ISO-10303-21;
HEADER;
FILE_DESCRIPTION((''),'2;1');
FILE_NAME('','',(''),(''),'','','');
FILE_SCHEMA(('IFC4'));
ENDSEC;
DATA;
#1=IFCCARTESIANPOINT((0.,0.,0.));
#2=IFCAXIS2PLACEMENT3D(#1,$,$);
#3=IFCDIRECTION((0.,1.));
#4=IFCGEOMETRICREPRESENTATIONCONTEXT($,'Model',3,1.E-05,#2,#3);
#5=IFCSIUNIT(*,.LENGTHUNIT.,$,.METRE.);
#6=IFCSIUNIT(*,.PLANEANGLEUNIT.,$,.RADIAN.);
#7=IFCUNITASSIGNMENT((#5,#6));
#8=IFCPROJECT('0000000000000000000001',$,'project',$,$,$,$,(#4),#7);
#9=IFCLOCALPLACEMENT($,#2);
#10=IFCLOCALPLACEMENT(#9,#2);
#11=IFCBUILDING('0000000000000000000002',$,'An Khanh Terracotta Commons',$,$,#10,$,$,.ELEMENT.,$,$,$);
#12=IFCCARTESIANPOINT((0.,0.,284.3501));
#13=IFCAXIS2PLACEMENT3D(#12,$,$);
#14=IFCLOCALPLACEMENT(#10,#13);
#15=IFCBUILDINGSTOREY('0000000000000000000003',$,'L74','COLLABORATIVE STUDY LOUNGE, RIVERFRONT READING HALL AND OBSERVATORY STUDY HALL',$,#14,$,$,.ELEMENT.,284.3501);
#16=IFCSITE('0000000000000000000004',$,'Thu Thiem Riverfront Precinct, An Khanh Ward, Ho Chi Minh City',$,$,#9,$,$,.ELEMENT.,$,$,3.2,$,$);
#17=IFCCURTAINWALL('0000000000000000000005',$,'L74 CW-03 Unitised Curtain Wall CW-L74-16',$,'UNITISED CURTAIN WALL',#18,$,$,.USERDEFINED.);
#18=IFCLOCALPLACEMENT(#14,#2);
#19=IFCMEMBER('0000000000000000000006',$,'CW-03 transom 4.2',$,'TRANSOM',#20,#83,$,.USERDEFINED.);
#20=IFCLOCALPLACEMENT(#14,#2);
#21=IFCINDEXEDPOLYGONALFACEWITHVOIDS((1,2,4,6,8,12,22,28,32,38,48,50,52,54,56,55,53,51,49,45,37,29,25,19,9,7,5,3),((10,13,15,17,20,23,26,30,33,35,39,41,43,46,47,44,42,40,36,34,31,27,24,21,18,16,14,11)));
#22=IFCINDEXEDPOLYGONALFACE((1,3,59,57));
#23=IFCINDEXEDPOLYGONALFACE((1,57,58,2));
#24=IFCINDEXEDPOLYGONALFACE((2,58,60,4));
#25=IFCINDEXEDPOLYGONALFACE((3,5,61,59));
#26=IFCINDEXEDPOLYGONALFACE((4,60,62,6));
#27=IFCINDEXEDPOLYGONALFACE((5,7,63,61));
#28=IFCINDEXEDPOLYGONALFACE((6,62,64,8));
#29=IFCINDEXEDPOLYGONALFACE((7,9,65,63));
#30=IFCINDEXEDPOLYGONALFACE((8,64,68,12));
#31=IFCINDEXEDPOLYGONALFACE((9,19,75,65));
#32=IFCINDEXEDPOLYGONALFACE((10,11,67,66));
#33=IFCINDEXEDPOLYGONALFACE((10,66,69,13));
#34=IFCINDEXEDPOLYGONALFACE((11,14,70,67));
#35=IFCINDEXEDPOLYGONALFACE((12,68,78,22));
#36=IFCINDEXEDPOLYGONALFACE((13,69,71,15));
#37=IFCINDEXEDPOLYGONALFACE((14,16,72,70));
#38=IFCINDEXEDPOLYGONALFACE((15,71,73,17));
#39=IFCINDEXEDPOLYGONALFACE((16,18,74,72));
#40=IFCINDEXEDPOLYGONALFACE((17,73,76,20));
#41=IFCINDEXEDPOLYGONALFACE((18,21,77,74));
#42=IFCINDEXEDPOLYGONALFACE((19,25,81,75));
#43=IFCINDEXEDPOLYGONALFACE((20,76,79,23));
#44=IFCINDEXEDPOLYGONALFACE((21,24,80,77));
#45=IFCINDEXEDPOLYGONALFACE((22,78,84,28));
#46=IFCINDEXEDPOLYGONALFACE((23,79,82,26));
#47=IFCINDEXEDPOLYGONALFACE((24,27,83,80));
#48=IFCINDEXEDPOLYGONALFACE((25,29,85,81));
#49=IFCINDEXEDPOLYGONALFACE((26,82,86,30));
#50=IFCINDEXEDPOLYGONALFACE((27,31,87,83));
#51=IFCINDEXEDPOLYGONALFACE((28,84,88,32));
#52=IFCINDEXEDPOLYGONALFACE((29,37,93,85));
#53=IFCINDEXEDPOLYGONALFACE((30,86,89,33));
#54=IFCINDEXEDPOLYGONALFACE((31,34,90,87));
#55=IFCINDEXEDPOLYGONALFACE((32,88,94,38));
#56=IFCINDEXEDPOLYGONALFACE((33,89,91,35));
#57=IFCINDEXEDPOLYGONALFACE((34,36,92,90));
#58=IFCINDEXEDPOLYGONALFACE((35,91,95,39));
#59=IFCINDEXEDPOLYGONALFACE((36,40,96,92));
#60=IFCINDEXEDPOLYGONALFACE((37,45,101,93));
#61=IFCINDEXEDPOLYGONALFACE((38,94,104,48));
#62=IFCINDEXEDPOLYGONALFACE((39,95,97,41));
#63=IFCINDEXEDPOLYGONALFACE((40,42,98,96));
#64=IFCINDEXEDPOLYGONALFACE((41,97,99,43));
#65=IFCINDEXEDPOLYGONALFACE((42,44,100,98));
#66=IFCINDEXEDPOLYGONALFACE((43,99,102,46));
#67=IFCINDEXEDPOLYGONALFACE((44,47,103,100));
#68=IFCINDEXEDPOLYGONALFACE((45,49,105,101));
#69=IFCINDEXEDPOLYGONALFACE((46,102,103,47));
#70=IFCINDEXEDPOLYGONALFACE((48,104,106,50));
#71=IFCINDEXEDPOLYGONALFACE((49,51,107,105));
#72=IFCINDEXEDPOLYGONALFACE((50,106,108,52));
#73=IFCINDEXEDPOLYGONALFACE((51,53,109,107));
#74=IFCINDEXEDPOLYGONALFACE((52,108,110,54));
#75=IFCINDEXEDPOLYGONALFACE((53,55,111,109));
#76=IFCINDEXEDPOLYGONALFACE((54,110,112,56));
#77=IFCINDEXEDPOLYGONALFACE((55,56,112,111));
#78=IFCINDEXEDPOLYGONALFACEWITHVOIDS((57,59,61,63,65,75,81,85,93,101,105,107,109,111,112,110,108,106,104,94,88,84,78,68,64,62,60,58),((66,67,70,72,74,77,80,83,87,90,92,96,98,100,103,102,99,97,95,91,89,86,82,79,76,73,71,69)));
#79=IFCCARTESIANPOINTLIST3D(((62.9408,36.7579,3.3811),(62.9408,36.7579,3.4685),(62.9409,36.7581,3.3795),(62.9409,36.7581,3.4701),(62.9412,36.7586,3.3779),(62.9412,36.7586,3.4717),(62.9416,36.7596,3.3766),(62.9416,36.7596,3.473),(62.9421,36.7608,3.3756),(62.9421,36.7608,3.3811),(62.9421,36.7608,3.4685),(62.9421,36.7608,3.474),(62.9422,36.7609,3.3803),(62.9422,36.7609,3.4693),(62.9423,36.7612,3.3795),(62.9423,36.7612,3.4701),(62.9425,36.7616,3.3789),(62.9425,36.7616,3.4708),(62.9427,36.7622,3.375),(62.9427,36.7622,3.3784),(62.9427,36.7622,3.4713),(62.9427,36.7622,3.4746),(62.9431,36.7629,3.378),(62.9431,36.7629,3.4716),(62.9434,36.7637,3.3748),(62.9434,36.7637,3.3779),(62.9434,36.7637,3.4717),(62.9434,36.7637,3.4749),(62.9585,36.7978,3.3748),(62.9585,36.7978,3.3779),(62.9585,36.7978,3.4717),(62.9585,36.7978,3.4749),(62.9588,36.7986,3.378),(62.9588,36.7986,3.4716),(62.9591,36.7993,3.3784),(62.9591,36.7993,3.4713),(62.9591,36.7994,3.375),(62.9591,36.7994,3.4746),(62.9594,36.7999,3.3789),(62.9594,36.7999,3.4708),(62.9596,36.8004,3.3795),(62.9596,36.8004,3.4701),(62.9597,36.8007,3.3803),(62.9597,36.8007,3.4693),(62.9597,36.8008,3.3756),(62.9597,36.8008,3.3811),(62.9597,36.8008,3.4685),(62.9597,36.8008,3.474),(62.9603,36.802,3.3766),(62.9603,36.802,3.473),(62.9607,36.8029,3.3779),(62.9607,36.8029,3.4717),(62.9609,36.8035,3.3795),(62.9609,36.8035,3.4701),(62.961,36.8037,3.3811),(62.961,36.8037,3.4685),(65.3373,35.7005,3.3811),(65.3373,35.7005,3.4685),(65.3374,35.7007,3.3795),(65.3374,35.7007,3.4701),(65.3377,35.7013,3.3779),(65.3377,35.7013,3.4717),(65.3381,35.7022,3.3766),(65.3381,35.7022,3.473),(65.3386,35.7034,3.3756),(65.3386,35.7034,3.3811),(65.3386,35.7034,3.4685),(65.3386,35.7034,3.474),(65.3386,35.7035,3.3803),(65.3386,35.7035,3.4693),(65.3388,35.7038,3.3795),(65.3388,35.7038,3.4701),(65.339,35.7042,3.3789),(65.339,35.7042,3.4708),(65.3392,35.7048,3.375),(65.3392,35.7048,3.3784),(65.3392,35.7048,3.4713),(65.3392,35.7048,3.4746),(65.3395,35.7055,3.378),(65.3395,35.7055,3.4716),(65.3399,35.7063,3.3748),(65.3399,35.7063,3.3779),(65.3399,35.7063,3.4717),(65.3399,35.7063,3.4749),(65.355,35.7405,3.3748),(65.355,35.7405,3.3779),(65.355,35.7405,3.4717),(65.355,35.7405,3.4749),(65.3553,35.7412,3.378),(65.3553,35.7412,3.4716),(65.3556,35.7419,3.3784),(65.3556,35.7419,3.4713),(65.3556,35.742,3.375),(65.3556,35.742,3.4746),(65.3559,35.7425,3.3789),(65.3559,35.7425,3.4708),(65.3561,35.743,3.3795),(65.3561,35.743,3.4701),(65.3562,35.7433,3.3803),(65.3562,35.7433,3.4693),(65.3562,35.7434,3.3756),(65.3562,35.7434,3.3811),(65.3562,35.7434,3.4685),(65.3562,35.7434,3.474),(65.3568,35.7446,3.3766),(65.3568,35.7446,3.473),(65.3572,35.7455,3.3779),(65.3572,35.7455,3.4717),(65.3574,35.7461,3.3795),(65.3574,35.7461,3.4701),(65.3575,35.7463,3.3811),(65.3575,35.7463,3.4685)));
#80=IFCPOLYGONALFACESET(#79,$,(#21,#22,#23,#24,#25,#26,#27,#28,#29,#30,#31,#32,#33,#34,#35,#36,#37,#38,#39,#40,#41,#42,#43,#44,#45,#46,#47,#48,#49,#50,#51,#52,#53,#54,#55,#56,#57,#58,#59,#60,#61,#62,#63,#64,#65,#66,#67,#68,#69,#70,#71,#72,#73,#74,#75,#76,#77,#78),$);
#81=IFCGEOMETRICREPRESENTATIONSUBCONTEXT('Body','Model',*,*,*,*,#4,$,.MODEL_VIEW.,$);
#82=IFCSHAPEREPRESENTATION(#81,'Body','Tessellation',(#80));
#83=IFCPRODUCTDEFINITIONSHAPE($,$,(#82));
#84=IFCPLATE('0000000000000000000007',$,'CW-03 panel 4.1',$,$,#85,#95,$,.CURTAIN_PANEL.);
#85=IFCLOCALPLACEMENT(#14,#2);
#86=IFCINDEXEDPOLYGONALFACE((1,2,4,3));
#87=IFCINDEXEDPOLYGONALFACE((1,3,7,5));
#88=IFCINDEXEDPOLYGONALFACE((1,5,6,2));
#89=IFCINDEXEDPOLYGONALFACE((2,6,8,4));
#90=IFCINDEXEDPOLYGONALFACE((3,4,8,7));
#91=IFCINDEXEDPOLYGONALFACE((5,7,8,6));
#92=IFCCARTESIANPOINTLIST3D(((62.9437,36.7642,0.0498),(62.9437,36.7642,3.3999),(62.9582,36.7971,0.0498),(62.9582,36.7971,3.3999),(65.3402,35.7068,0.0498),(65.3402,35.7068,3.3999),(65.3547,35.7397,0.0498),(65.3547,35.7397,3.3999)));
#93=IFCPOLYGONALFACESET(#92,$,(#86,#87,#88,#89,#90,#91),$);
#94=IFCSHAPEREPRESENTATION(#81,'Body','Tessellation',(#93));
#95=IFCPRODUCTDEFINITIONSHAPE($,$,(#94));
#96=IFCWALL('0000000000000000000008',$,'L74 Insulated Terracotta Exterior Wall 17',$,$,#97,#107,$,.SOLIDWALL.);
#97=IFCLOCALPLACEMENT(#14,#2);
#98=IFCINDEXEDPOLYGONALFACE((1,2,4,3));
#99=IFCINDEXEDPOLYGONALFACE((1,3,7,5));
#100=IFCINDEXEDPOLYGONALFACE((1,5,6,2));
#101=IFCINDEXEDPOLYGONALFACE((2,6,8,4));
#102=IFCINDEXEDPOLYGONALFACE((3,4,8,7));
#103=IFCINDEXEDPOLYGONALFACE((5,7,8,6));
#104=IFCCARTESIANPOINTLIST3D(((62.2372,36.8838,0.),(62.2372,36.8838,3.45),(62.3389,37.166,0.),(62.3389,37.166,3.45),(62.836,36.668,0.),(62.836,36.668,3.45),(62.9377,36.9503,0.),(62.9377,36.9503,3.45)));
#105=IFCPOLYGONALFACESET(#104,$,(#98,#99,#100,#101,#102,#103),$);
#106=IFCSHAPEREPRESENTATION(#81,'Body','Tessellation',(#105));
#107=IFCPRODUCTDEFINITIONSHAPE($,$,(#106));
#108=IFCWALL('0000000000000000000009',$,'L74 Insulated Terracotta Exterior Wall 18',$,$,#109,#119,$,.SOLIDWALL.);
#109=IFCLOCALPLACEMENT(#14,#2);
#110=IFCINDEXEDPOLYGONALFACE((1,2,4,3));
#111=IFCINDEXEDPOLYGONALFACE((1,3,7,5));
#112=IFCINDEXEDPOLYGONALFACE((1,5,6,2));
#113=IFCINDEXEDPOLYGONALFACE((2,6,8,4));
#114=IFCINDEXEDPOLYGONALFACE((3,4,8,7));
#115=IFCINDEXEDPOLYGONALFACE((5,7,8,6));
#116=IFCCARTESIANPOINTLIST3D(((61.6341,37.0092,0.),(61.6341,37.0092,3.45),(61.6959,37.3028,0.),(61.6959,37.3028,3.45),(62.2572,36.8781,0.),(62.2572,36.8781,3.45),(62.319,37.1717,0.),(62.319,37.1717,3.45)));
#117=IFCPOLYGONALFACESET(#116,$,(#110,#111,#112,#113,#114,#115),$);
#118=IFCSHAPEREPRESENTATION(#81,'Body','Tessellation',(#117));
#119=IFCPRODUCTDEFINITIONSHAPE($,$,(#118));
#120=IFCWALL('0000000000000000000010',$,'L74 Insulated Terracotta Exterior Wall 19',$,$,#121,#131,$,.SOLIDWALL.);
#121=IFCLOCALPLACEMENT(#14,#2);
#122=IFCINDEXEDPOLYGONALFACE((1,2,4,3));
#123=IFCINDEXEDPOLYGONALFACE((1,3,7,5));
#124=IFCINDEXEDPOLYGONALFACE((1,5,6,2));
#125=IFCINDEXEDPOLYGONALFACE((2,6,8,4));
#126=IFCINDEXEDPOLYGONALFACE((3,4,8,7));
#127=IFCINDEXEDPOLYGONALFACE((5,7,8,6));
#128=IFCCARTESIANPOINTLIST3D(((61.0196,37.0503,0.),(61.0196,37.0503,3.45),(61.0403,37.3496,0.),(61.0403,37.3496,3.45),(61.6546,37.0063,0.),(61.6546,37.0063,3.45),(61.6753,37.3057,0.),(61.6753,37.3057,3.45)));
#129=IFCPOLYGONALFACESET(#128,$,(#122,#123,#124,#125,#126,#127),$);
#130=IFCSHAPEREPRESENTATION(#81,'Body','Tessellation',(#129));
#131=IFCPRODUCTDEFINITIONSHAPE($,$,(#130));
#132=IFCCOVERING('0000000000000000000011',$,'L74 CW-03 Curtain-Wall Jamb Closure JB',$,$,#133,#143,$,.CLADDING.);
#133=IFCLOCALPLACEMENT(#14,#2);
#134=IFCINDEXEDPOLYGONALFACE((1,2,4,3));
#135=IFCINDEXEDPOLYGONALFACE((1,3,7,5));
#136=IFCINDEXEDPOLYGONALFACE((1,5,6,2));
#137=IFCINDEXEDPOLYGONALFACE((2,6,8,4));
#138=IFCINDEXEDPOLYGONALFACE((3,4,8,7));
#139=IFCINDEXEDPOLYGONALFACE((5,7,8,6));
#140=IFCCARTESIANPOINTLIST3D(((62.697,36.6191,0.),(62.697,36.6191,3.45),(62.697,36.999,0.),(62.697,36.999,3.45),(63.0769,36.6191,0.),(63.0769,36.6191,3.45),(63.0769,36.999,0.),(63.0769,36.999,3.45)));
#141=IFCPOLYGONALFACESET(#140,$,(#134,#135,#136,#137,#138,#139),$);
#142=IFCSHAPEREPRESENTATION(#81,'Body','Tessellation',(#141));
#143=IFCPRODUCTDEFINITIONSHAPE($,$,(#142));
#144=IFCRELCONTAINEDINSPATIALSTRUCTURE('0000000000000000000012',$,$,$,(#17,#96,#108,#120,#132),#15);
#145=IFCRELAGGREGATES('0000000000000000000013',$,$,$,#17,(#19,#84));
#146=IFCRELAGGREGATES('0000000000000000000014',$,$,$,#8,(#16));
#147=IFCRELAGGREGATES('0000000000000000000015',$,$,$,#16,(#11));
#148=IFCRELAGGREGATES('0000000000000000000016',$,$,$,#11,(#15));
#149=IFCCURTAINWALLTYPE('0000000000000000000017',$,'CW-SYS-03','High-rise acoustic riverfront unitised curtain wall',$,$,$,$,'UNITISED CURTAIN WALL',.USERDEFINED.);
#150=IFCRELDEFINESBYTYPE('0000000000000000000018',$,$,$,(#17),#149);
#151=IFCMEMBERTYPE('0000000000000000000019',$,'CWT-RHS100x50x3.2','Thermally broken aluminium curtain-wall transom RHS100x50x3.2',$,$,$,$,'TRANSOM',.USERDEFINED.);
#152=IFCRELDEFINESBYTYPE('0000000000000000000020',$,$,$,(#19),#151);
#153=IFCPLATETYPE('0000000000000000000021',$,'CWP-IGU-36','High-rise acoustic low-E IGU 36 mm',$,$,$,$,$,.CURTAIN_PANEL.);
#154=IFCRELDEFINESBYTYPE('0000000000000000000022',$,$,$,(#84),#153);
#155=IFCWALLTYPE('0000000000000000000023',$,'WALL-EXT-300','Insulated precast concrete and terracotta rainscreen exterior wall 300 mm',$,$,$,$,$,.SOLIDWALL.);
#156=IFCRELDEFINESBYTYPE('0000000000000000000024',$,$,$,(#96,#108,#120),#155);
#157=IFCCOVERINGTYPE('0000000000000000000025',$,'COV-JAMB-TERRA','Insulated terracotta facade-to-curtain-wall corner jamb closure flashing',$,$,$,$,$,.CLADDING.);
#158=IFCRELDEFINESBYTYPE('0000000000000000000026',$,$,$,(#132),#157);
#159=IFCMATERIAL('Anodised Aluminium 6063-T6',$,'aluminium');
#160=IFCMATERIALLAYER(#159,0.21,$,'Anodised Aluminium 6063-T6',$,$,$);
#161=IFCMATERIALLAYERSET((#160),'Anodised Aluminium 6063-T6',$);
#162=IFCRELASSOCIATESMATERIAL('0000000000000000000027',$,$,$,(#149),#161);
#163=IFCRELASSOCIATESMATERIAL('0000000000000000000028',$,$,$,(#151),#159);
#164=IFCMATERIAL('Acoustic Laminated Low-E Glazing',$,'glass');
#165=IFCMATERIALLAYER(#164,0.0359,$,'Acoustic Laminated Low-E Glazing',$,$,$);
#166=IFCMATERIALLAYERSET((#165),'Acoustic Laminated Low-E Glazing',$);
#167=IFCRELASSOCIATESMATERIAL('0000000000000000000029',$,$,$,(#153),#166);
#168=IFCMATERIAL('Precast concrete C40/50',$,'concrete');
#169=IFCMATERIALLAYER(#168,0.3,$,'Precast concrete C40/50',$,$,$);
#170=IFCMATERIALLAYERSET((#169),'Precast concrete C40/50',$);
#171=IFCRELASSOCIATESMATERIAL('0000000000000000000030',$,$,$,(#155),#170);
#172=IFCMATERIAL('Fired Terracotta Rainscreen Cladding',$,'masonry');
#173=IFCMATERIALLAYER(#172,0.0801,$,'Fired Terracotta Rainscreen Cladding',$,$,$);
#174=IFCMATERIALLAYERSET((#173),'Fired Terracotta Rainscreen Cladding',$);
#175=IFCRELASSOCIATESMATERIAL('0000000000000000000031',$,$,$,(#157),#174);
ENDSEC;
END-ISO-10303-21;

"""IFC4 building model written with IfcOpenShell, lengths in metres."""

from ifc_helpers import new_model, si_unit, direction, frame, frame_2d, origin, origin_2d, place, context, subcontext, project, spatial, rectangle, hollow_rectangle, extrude, material, layer, layer_set, material_profile, profile_set, type_object, element, aggregate, save


model = new_model("IFC4")

# Units and contexts
model_context = context("Model", 3, precision=1e-05, world=origin(), true_north=direction((0.0, 1.0)))
body_context = subcontext(model_context, "Body", "Model", "MODEL_VIEW")
ifc_project = project(units=[si_unit("LENGTHUNIT", "METRE"), si_unit("PLANEANGLEUNIT", "RADIAN")], contexts=[model_context])

# Site, building, storey
site_placement = place(None, origin())
site = spatial("IfcSite", under=ifc_project, at=site_placement, Name="Thu Thiem Riverfront Precinct, An Khanh Ward, Ho Chi Minh City", CompositionType="ELEMENT", RefElevation=3.2)
building_placement = place(site_placement, origin())
building = spatial("IfcBuilding", under=site, at=building_placement, Name="An Khanh Terracotta Commons", CompositionType="ELEMENT")
storey_placement = place(building_placement, frame((0.0, 0.0, 284.3501)))
storey = spatial("IfcBuildingStorey", under=building, at=storey_placement, Name="L74", Description="COLLABORATIVE STUDY LOUNGE, RIVERFRONT READING HALL AND OBSERVATORY STUDY HALL", CompositionType="ELEMENT", Elevation=284.3501)

# Curtain wall, member, plate
ifc_material_1 = material(Name="Anodised Aluminium 6063-T6", Category="aluminium")
ifc_layer_1 = layer(ifc_material_1, 0.21, Name="Anodised Aluminium 6063-T6")
ifc_layer_set_1 = layer_set([ifc_layer_1], Name="Anodised Aluminium 6063-T6")
curtain_wall_type = type_object("IfcCurtainWallType", Name="CW-SYS-03", Description="High-rise acoustic riverfront unitised curtain wall", ElementType="UNITISED CURTAIN WALL", PredefinedType="USERDEFINED", material=ifc_layer_set_1)
curtain_wall_placement = place(storey_placement, origin())
curtain_wall = element("IfcCurtainWall", 1, at=curtain_wall_placement, inside=storey, type_object=curtain_wall_type, Name="L74 CW-03 Unitised Curtain Wall CW-L74-16", ObjectType="UNITISED CURTAIN WALL", PredefinedType="USERDEFINED")
ifc_material_profile_1 = material_profile(ifc_material_1, hollow_rectangle(XDim=0.05, YDim=0.1001, WallThickness=0.0032, InnerFilletRadius=0.0032, OuterFilletRadius=0.0063, at=origin_2d()), Name="RHS100x50x3.2")
ifc_profile_set_1 = profile_set([ifc_material_profile_1], Name="Anodised Aluminium 6063-T6")
member_type_1 = type_object("IfcMemberType", Name="CWT-RHS100x50x3.2", Description="Thermally broken aluminium curtain-wall transom RHS100x50x3.2", ElementType="TRANSOM", PredefinedType="USERDEFINED", material=ifc_profile_set_1)
member_1_placement = place(storey_placement, frame((65.3474, 35.7234, 3.4248), z_axis=(-0.914904, 0.403672, 0.0), x_axis=(-0.403672, -0.914904, 0.0)))
member_1 = element("IfcMember", 2, at=member_1_placement, type_object=member_type_1, Name="CW-03 transom 4.2", ObjectType="TRANSOM", PredefinedType="USERDEFINED", context=body_context, shape_type="SweptSolid", body=[
    extrude(hollow_rectangle(XDim=0.05, YDim=0.1001, WallThickness=0.0032, InnerFilletRadius=0.0032, OuterFilletRadius=0.0063, at=origin_2d()), origin(), (0.0, 0.0, 1.0), 2.6194),
])
ifc_material_2 = material(Name="Acoustic Laminated Low-E Glazing", Category="glass")
ifc_layer_2 = layer(ifc_material_2, 0.0359, Name="Acoustic Laminated Low-E Glazing")
ifc_layer_set_2 = layer_set([ifc_layer_2], Name="Acoustic Laminated Low-E Glazing")
plate_type = type_object("IfcPlateType", Name="CWP-IGU-36", Description="High-rise acoustic low-E IGU 36 mm", PredefinedType="CURTAIN_PANEL", material=ifc_layer_set_2)
plate_placement = place(storey_placement, frame((64.1492, 36.252, 0.0498), z_axis=(0.0, 0.0, 1.0), x_axis=(-0.914902, 0.403676, 0.0)))
plate = element("IfcPlate", 3, at=plate_placement, type_object=plate_type, Name="CW-03 panel 4.1", PredefinedType="CURTAIN_PANEL", context=body_context, shape_type="SweptSolid", body=[
    extrude(rectangle(XDim=2.6194, YDim=0.0359, at=origin_2d()), origin(), (0.0, 0.0, 1.0), 3.3501),
])
aggregate(curtain_wall, [member_1, plate])

# Walls
ifc_material_3 = material(Name="Precast concrete C40/50", Category="concrete")
ifc_layer_3 = layer(ifc_material_3, 0.3, Name="Precast concrete C40/50")
ifc_layer_set_3 = layer_set([ifc_layer_3], Name="Precast concrete C40/50")
wall_type = type_object("IfcWallType", Name="WALL-EXT-300", Description="Insulated precast concrete and terracotta rainscreen exterior wall 300 mm", PredefinedType="SOLIDWALL", material=ifc_layer_set_3)
wall_1_placement = place(storey_placement, frame((62.887, 36.8091, 0.0), z_axis=(0.0, 0.0, 1.0), x_axis=(-0.940775, 0.339032, 0.0)))
element("IfcWall", 4, at=wall_1_placement, inside=storey, type_object=wall_type, Name="L74 Insulated Terracotta Exterior Wall 17", PredefinedType="SOLIDWALL", context=body_context, shape_type="SweptSolid", body=[
    extrude(rectangle(XDim=0.6365, YDim=0.3, at=frame_2d((0.3184, 0.0))), origin(), (0.0, 0.0, 1.0), 3.45),
])
wall_2_placement = place(storey_placement, frame((62.2881, 37.0249, 0.0), z_axis=(0.0, 0.0, 1.0), x_axis=(-0.97857, 0.205914, 0.0)))
element("IfcWall", 5, at=wall_2_placement, inside=storey, type_object=wall_type, Name="L74 Insulated Terracotta Exterior Wall 18", PredefinedType="SOLIDWALL", context=body_context, shape_type="SweptSolid", body=[
    extrude(rectangle(XDim=0.6367, YDim=0.3, at=frame_2d((0.3184, 0.0))), origin(), (0.0, 0.0, 1.0), 3.45),
])
wall_3_placement = place(storey_placement, frame((61.665, 37.156, 0.0), z_axis=(0.0, 0.0, 1.0), x_axis=(-0.997614, 0.069039, 0.0)))
element("IfcWall", 6, at=wall_3_placement, inside=storey, type_object=wall_type, Name="L74 Insulated Terracotta Exterior Wall 19", PredefinedType="SOLIDWALL", context=body_context, shape_type="SweptSolid", body=[
    extrude(rectangle(XDim=0.6365, YDim=0.3, at=frame_2d((0.3184, 0.0))), origin(), (0.0, 0.0, 1.0), 3.45),
])

# Covering
ifc_material_4 = material(Name="Fired Terracotta Rainscreen Cladding", Category="masonry")
ifc_layer_4 = layer(ifc_material_4, 0.0801, Name="Fired Terracotta Rainscreen Cladding")
ifc_layer_set_4 = layer_set([ifc_layer_4], Name="Fired Terracotta Rainscreen Cladding")
covering_type = type_object("IfcCoveringType", Name="COV-JAMB-TERRA", Description="Insulated terracotta facade-to-curtain-wall corner jamb closure flashing", PredefinedType="CLADDING", material=ifc_layer_set_4)
covering_placement = place(storey_placement, frame((62.887, 36.8091, 0.0), z_axis=(0.0, 0.0, 1.0), x_axis=(1.0, 0.0, 0.0)))
element("IfcCovering", 7, at=covering_placement, inside=storey, type_object=covering_type, Name="L74 CW-03 Curtain-Wall Jamb Closure JB", PredefinedType="CLADDING", context=body_context, shape_type="SweptSolid", body=[
    extrude(rectangle(XDim=0.3799, YDim=0.3799, at=origin_2d()), origin(), (0.0, 0.0, 1.0), 3.45),
])

save(model, "model.ifc")
